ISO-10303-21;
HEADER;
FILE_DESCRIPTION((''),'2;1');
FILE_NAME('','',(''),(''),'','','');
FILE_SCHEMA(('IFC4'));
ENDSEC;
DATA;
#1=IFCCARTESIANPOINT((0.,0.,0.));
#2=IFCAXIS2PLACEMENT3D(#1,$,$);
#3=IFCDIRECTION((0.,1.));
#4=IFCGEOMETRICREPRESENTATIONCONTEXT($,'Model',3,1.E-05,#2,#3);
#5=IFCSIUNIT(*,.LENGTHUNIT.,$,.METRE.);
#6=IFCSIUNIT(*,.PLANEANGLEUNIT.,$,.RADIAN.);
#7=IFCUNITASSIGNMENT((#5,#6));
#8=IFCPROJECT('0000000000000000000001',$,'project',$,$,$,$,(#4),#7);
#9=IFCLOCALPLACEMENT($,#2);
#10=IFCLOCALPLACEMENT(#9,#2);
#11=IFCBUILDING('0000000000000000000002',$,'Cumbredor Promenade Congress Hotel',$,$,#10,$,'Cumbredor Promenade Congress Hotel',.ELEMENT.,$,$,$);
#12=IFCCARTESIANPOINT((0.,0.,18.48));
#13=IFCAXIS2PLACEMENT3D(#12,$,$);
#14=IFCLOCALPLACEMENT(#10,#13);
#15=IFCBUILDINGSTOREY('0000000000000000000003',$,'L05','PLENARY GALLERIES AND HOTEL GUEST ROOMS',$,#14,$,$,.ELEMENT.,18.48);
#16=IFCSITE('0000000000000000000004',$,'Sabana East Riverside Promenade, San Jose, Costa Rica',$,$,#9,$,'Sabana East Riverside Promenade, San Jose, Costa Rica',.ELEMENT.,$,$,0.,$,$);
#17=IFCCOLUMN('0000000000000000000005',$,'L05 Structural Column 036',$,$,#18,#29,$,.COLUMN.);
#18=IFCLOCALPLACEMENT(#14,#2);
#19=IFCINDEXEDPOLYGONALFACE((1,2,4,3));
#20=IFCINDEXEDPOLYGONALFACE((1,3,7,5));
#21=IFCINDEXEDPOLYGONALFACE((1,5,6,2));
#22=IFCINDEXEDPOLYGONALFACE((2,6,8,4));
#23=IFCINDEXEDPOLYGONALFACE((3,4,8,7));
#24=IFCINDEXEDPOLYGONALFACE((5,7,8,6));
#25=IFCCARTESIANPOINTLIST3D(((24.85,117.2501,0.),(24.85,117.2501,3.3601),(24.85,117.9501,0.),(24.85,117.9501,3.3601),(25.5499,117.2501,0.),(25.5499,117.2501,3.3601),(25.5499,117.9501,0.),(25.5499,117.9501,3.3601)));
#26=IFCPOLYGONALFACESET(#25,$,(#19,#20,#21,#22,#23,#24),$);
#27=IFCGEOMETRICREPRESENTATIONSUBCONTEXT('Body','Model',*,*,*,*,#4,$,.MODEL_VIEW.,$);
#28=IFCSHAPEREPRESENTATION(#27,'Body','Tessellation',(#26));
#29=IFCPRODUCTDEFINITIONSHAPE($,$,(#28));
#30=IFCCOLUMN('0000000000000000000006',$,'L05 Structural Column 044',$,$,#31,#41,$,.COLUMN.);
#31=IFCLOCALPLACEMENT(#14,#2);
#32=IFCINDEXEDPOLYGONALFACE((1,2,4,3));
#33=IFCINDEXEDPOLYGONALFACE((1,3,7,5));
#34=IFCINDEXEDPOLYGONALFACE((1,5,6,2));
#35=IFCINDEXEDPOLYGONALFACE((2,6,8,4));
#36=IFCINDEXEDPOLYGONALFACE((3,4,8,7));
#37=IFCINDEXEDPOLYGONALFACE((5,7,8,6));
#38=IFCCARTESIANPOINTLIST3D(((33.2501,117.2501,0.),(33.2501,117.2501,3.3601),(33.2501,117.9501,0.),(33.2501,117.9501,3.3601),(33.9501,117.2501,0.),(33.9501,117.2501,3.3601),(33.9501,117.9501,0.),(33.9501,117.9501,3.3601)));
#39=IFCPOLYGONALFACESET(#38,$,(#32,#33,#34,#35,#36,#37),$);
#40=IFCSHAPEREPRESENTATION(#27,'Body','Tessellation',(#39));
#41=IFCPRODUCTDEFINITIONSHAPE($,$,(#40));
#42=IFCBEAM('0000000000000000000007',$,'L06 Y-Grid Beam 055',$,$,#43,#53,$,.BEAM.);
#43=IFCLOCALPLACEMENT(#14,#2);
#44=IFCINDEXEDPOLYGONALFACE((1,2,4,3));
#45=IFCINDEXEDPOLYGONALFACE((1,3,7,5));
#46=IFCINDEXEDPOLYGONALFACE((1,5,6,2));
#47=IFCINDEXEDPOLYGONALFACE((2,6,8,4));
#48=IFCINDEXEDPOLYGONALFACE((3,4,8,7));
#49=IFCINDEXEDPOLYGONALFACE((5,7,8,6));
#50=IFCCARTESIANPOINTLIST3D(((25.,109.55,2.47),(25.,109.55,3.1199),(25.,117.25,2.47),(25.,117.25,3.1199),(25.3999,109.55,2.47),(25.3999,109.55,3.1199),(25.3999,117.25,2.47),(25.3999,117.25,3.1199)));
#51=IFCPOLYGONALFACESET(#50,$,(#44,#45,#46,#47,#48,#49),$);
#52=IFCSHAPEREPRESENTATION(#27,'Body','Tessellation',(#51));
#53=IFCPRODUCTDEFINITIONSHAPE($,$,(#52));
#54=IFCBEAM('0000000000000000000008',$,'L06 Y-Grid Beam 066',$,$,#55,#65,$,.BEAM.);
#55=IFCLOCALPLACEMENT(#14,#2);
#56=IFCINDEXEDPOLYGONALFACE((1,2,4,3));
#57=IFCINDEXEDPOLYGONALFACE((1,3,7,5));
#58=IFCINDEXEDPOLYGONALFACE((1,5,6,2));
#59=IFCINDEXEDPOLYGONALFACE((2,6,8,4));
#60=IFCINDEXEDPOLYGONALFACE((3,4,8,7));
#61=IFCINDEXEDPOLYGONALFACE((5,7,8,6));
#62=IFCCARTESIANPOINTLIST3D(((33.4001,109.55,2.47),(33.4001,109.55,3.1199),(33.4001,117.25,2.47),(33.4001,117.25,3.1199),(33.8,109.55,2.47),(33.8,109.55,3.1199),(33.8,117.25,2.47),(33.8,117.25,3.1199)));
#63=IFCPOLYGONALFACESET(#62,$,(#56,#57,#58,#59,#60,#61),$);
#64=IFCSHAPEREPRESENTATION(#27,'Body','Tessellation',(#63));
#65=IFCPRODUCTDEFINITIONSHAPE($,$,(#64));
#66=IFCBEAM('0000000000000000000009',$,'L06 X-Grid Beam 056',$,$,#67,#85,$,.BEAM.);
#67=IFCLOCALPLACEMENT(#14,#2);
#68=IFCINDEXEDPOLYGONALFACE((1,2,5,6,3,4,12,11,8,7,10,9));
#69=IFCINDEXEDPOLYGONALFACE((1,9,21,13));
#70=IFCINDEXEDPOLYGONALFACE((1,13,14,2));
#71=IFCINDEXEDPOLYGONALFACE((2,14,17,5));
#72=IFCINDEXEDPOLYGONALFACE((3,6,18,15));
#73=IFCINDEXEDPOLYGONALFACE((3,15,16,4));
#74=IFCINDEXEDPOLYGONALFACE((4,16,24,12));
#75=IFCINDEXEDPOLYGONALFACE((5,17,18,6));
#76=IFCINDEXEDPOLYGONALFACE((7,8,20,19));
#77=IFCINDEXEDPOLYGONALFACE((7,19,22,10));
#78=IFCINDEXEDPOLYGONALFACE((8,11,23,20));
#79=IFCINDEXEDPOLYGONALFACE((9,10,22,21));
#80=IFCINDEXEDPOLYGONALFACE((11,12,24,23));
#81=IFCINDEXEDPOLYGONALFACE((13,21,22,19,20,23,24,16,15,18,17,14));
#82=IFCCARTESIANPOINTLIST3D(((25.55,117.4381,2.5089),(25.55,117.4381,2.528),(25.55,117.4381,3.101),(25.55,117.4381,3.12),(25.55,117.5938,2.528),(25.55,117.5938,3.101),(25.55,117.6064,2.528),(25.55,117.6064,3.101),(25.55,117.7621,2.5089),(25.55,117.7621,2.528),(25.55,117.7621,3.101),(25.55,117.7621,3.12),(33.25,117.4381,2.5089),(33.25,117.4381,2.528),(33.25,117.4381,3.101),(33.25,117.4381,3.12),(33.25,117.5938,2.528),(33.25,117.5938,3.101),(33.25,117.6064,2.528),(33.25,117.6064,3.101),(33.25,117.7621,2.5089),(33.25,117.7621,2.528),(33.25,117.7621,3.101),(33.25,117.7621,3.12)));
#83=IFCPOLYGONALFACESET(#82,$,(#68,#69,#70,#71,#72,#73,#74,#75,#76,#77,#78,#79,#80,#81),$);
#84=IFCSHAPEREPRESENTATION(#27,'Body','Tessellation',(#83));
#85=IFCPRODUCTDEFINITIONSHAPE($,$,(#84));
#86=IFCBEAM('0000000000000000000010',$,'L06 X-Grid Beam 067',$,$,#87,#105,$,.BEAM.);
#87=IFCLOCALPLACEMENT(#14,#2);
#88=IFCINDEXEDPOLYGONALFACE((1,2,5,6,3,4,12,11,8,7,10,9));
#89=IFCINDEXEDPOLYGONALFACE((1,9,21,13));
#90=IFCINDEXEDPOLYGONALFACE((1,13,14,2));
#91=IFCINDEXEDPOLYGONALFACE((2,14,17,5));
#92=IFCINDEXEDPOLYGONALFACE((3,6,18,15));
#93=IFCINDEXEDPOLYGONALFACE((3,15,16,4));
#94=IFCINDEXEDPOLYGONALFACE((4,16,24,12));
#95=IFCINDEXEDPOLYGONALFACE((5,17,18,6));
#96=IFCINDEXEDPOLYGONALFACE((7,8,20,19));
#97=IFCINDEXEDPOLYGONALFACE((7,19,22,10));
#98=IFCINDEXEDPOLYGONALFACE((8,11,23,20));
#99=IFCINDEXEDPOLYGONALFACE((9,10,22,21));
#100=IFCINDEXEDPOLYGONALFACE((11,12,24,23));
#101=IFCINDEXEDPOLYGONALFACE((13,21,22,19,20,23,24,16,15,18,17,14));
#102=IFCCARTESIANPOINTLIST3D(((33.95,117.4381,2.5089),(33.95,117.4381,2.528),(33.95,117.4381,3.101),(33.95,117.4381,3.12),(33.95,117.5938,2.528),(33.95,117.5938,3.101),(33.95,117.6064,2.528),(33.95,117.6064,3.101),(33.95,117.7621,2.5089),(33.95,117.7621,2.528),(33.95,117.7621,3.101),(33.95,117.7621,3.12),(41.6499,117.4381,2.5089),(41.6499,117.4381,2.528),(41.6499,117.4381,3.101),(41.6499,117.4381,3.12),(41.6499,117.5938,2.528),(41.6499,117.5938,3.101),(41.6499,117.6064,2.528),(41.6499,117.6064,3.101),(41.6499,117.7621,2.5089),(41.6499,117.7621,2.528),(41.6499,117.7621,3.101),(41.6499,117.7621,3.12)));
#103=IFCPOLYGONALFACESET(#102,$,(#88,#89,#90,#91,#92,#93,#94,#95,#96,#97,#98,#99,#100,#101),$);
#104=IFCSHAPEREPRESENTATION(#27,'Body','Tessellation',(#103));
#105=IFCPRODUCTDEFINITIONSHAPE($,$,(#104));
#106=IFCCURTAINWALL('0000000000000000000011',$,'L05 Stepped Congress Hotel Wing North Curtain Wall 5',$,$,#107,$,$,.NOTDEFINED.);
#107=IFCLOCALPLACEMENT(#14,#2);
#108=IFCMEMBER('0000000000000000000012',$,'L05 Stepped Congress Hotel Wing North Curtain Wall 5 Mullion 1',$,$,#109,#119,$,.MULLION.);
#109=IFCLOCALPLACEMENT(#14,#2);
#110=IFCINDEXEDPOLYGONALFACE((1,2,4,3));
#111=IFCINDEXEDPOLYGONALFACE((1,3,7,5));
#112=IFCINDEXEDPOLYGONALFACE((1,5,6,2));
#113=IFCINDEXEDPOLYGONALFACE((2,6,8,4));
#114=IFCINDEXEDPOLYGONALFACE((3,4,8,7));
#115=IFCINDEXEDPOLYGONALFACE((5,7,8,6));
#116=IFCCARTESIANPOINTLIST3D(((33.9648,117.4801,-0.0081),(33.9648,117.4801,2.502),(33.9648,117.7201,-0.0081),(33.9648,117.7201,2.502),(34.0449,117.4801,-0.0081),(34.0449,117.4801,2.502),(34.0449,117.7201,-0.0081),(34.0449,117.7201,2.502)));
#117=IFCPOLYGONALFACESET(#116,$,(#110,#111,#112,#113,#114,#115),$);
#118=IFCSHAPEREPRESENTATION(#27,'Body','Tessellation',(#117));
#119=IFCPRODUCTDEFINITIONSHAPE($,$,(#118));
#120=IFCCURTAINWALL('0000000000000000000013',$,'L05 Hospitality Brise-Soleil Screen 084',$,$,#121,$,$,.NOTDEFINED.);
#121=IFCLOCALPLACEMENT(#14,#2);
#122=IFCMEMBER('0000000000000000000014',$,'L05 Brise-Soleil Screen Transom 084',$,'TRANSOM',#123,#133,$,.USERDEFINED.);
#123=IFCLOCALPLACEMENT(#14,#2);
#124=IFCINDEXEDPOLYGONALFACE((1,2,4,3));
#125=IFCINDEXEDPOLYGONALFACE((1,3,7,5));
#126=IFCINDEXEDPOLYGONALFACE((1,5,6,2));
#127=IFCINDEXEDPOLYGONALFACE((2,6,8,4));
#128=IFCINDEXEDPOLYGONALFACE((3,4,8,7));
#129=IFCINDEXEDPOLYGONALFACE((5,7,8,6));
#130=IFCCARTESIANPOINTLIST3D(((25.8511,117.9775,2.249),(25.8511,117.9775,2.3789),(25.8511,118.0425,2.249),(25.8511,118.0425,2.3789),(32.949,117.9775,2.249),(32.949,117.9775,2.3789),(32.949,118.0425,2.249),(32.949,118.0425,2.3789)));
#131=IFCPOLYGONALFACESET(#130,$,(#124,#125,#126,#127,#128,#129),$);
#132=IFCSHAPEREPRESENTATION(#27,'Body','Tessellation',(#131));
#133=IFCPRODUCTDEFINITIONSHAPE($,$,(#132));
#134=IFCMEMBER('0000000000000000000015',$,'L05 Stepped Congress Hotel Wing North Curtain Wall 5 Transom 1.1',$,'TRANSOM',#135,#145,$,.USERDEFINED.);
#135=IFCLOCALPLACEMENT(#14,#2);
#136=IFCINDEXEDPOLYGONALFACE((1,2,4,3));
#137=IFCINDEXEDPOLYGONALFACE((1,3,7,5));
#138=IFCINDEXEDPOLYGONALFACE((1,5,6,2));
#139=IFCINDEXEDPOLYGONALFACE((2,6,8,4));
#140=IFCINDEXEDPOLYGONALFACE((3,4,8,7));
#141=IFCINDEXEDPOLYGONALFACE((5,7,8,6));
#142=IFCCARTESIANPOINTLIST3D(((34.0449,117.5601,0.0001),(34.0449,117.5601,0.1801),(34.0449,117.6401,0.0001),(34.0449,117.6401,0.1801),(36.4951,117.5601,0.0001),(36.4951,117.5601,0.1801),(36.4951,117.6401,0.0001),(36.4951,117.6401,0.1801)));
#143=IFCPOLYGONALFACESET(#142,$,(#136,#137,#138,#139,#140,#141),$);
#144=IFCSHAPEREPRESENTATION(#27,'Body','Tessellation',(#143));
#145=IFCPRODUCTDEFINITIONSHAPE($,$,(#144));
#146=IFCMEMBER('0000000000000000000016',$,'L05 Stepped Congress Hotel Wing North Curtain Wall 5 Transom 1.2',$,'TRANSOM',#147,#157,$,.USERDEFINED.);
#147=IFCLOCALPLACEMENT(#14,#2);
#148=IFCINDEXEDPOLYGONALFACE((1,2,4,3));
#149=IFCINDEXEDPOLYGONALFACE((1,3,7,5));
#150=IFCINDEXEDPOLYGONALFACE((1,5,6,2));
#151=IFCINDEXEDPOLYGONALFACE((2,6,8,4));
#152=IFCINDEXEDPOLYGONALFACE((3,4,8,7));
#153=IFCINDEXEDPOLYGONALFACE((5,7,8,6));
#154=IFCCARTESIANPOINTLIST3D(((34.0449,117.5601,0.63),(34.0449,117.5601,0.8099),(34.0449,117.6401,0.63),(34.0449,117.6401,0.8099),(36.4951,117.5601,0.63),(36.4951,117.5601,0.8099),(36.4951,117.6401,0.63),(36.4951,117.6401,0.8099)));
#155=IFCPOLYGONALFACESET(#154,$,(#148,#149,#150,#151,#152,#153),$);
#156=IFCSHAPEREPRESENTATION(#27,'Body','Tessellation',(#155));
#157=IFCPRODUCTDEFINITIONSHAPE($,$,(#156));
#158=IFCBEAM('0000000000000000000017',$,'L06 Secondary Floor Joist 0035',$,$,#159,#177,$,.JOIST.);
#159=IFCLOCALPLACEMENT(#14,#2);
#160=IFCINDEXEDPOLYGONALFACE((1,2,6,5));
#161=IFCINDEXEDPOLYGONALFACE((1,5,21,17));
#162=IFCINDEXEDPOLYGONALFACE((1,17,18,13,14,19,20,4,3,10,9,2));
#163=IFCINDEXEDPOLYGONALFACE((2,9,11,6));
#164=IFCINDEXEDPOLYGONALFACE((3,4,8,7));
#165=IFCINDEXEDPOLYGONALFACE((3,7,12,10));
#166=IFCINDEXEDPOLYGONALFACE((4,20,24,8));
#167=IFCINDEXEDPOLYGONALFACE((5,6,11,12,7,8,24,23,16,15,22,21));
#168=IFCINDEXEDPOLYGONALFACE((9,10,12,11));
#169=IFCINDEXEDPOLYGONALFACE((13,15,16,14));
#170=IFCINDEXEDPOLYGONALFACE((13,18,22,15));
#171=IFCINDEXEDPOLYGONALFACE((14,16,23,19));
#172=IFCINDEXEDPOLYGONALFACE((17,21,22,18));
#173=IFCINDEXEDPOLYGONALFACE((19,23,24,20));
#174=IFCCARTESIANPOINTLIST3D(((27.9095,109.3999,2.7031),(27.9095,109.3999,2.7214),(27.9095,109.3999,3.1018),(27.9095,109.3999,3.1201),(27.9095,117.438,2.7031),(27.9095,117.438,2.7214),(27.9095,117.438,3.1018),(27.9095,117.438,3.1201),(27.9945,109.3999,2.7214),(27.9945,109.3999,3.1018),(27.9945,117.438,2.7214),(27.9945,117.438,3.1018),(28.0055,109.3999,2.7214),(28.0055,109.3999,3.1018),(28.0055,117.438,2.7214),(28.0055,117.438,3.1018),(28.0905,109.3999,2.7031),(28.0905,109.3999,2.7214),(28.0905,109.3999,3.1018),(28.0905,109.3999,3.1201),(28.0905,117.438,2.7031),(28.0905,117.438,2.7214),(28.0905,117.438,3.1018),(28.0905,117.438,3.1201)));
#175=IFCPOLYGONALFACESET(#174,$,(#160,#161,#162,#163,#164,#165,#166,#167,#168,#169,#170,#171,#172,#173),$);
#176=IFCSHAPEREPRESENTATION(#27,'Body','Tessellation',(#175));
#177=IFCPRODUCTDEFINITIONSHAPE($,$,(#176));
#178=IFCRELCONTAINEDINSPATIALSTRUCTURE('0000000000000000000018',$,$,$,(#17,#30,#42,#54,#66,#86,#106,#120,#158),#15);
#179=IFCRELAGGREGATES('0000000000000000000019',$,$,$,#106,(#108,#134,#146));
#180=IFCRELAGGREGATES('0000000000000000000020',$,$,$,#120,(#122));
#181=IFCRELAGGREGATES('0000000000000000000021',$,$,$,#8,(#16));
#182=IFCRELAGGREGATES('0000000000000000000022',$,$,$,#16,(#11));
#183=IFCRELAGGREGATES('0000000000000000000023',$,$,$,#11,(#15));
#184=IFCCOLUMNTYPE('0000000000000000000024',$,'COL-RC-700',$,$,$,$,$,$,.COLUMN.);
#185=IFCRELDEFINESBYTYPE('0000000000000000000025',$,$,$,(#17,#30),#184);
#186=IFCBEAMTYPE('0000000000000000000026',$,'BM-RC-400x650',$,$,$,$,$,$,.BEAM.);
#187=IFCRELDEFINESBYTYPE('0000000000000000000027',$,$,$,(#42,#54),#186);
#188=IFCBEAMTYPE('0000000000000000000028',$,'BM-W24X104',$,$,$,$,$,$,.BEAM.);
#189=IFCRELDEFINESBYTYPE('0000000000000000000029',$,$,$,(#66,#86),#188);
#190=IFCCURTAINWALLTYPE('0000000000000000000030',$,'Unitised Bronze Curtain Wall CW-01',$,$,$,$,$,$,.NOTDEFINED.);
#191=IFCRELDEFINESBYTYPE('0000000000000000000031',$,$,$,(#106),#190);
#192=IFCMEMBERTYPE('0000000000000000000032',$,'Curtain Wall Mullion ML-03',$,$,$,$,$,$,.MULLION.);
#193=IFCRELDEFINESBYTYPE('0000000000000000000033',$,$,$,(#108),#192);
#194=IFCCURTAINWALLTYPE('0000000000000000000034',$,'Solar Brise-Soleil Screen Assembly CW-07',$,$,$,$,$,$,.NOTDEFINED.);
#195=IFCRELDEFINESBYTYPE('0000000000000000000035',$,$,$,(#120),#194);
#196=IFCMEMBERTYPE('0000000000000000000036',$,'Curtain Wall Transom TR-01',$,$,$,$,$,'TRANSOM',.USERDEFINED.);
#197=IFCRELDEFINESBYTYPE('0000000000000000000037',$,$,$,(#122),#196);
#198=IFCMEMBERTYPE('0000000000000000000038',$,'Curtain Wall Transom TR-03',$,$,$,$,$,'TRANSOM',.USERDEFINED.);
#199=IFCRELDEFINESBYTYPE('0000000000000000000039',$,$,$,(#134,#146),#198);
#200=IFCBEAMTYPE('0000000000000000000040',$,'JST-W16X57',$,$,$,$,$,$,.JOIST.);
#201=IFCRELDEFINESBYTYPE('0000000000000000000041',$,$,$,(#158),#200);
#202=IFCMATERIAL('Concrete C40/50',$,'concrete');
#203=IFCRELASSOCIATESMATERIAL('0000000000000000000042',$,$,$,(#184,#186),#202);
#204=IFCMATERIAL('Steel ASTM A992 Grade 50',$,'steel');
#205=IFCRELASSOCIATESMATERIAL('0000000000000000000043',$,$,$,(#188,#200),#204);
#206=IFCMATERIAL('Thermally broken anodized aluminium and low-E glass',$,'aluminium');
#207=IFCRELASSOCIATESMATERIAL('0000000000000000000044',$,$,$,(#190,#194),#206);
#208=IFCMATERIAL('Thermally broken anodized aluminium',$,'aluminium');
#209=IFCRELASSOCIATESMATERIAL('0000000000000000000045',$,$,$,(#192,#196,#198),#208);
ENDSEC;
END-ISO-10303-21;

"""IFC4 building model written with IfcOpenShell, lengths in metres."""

from ifc_helpers import new_model, si_unit, direction, frame, origin, origin_2d, place, context, subcontext, project, spatial, rectangle, i_section, extrude, material, material_profile, profile_set, type_object, element, aggregate, save


model = new_model("IFC4")

# Units and contexts
model_context = context("Model", 3, precision=1e-05, world=origin(), true_north=direction((0.0, 1.0)))
body_context = subcontext(model_context, "Body", "Model", "MODEL_VIEW")
ifc_project = project(units=[si_unit("LENGTHUNIT", "METRE"), si_unit("PLANEANGLEUNIT", "RADIAN")], contexts=[model_context])

# Site, building, storey
site_placement = place(None, origin())
site = spatial("IfcSite", under=ifc_project, at=site_placement, Name="Sabana East Riverside Promenade, San Jose, Costa Rica", LongName="Sabana East Riverside Promenade, San Jose, Costa Rica", CompositionType="ELEMENT", RefElevation=0.0)
building_placement = place(site_placement, origin())
building = spatial("IfcBuilding", under=site, at=building_placement, Name="Cumbredor Promenade Congress Hotel", LongName="Cumbredor Promenade Congress Hotel", CompositionType="ELEMENT")
storey_placement = place(building_placement, frame((0.0, 0.0, 18.48)))
storey = spatial("IfcBuildingStorey", under=building, at=storey_placement, Name="L05", Description="PLENARY GALLERIES AND HOTEL GUEST ROOMS", CompositionType="ELEMENT", Elevation=18.48)

# Columns
ifc_material_1 = material(Name="Concrete C40/50", Category="concrete")
ifc_material_profile_1 = material_profile(ifc_material_1, rectangle(XDim=0.7, YDim=0.7, at=origin_2d()), Name="RC 700x700")
ifc_profile_set_1 = profile_set([ifc_material_profile_1], Name="Concrete C40/50")
column_type = type_object("IfcColumnType", Name="COL-RC-700", PredefinedType="COLUMN", material=ifc_profile_set_1)
for number, where, z_axis, x_axis, name in (
    (1, (25.2, 117.6001, 0.0), (0.0, 0.0, 1.0), (1.0, 0.0, 0.0), "L05 Structural Column 036"),
    (2, (33.6001, 117.6001, 0.0), (0.0, 0.0, 1.0), (1.0, 0.0, 0.0), "L05 Structural Column 044"),
):
    element("IfcColumn", number, at=place(storey_placement, frame(where, z_axis=z_axis, x_axis=x_axis)), inside=storey, type_object=column_type, Name=name, PredefinedType="COLUMN", context=body_context, shape_type="SweptSolid", body=[
        extrude(rectangle(XDim=0.7, YDim=0.7, at=origin_2d()), origin(), (0.0, 0.0, 1.0), 3.3601),
    ])

# Beams
ifc_material_profile_2 = material_profile(ifc_material_1, rectangle(XDim=0.3999, YDim=0.6499, at=origin_2d()), Name="RC BEAM 400x650")
ifc_profile_set_2 = profile_set([ifc_material_profile_2], Name="Concrete C40/50")
beam_type_1 = type_object("IfcBeamType", Name="BM-RC-400x650", PredefinedType="BEAM", material=ifc_profile_set_2)
for number, where, z_axis, x_axis, name in (
    (3, (25.2, 109.55, 2.7949), (0.0, 1.0, 0.0), (-1.0, 0.0, 0.0), "L06 Y-Grid Beam 055"),
    (4, (33.6001, 109.55, 2.7949), (0.0, 1.0, 0.0), (-1.0, 0.0, 0.0), "L06 Y-Grid Beam 066"),
):
    element("IfcBeam", number, at=place(storey_placement, frame(where, z_axis=z_axis, x_axis=x_axis)), inside=storey, type_object=beam_type_1, Name=name, PredefinedType="BEAM", context=body_context, shape_type="SweptSolid", body=[
        extrude(rectangle(XDim=0.3999, YDim=0.6499, at=origin_2d()), origin(), (0.0, 0.0, 1.0), 7.7),
    ])
ifc_material_2 = material(Name="Steel ASTM A992 Grade 50", Category="steel")
ifc_material_profile_3 = material_profile(ifc_material_2, i_section(OverallWidth=0.324, OverallDepth=0.6111, WebThickness=0.0127, FlangeThickness=0.019, at=origin_2d()), Name="W24X104")
ifc_profile_set_3 = profile_set([ifc_material_profile_3], Name="Steel ASTM A992 Grade 50")
beam_type_2 = type_object("IfcBeamType", Name="BM-W24X104", PredefinedType="BEAM", material=ifc_profile_set_3)
for number, where, z_axis, x_axis, name in (
    (5, (25.55, 117.6001, 2.8145), (1.0, 0.0, 0.0), (0.0, 1.0, 0.0), "L06 X-Grid Beam 056"),
    (6, (33.95, 117.6001, 2.8145), (1.0, 0.0, 0.0), (0.0, 1.0, 0.0), "L06 X-Grid Beam 067"),
):
    element("IfcBeam", number, at=place(storey_placement, frame(where, z_axis=z_axis, x_axis=x_axis)), inside=storey, type_object=beam_type_2, Name=name, PredefinedType="BEAM", context=body_context, shape_type="SweptSolid", body=[
        extrude(i_section(OverallWidth=0.324, OverallDepth=0.6111, WebThickness=0.0127, FlangeThickness=0.019, at=origin_2d()), origin(), (0.0, 0.0, 1.0), 7.7),
    ])

# Curtain walls, members
ifc_material_3 = material(Name="Thermally broken anodized aluminium and low-E glass", Category="aluminium")
curtain_wall_type_1 = type_object("IfcCurtainWallType", Name="Unitised Bronze Curtain Wall CW-01", PredefinedType="NOTDEFINED", material=ifc_material_3)
curtain_wall_1_placement = place(storey_placement, origin())
curtain_wall_1 = element("IfcCurtainWall", 7, at=curtain_wall_1_placement, inside=storey, type_object=curtain_wall_type_1, Name="L05 Stepped Congress Hotel Wing North Curtain Wall 5", PredefinedType="NOTDEFINED")
ifc_material_4 = material(Name="Thermally broken anodized aluminium", Category="aluminium")
ifc_material_profile_4 = material_profile(ifc_material_4, rectangle(XDim=0.0801, YDim=0.24, at=origin_2d()), Name="ALU MULLION 80x240")
ifc_profile_set_4 = profile_set([ifc_material_profile_4], Name="Thermally broken anodized aluminium")
member_type_1 = type_object("IfcMemberType", Name="Curtain Wall Mullion ML-03", PredefinedType="MULLION", material=ifc_profile_set_4)
member_1_placement = place(storey_placement, frame((34.0049, 117.6001, -0.0081), z_axis=(0.0, 0.0, 1.0), x_axis=(1.0, 0.0, 0.0)))
member_1 = element("IfcMember", 8, at=member_1_placement, type_object=member_type_1, Name="L05 Stepped Congress Hotel Wing North Curtain Wall 5 Mullion 1", PredefinedType="MULLION", context=body_context, shape_type="SweptSolid", body=[
    extrude(rectangle(XDim=0.0801, YDim=0.24, at=origin_2d()), origin(), (0.0, 0.0, 1.0), 2.51),
])
curtain_wall_type_2 = type_object("IfcCurtainWallType", Name="Solar Brise-Soleil Screen Assembly CW-07", PredefinedType="NOTDEFINED", material=ifc_material_3)
curtain_wall_2_placement = place(storey_placement, origin())
curtain_wall_2 = element("IfcCurtainWall", 9, at=curtain_wall_2_placement, inside=storey, type_object=curtain_wall_type_2, Name="L05 Hospitality Brise-Soleil Screen 084", PredefinedType="NOTDEFINED")
ifc_material_profile_5 = material_profile(ifc_material_4, rectangle(XDim=0.0649, YDim=0.1299, at=origin_2d()), Name="ALU TRANSOM 65x130")
ifc_profile_set_5 = profile_set([ifc_material_profile_5], Name="Thermally broken anodized aluminium")
member_type_2 = type_object("IfcMemberType", Name="Curtain Wall Transom TR-01", ElementType="TRANSOM", PredefinedType="USERDEFINED", material=ifc_profile_set_5)
member_2_placement = place(storey_placement, frame((25.8511, 118.01, 2.314), z_axis=(1.0, 0.0, 0.0), x_axis=(0.0, 1.0, 0.0)))
member_2 = element("IfcMember", 10, at=member_2_placement, type_object=member_type_2, Name="L05 Brise-Soleil Screen Transom 084", ObjectType="TRANSOM", PredefinedType="USERDEFINED", context=body_context, shape_type="SweptSolid", body=[
    extrude(rectangle(XDim=0.0649, YDim=0.1299, at=origin_2d()), origin(), (0.0, 0.0, 1.0), 7.0979),
])

# Members
ifc_material_profile_6 = material_profile(ifc_material_4, rectangle(XDim=0.0801, YDim=0.1799, at=origin_2d()), Name="ALU TRANSOM 80x180")
ifc_profile_set_6 = profile_set([ifc_material_profile_6], Name="Thermally broken anodized aluminium")
member_type_3 = type_object("IfcMemberType", Name="Curtain Wall Transom TR-03", ElementType="TRANSOM", PredefinedType="USERDEFINED", material=ifc_profile_set_6)
member_3_placement = place(storey_placement, frame((34.0449, 117.6001, 0.0901), z_axis=(1.0, 0.0, 0.0), x_axis=(0.0, 1.0, 0.0)))
member_3 = element("IfcMember", 11, at=member_3_placement, type_object=member_type_3, Name="L05 Stepped Congress Hotel Wing North Curtain Wall 5 Transom 1.1", ObjectType="TRANSOM", PredefinedType="USERDEFINED", context=body_context, shape_type="SweptSolid", body=[
    extrude(rectangle(XDim=0.0801, YDim=0.1799, at=origin_2d()), origin(), (0.0, 0.0, 1.0), 2.4502),
])
member_4_placement = place(storey_placement, frame((34.0449, 117.6001, 0.72), z_axis=(1.0, 0.0, 0.0), x_axis=(0.0, 1.0, 0.0)))
member_4 = element("IfcMember", 12, at=member_4_placement, type_object=member_type_3, Name="L05 Stepped Congress Hotel Wing North Curtain Wall 5 Transom 1.2", ObjectType="TRANSOM", PredefinedType="USERDEFINED", context=body_context, shape_type="SweptSolid", body=[
    extrude(rectangle(XDim=0.0801, YDim=0.1799, at=origin_2d()), origin(), (0.0, 0.0, 1.0), 2.4502),
])
aggregate(curtain_wall_1, [member_1, member_3, member_4])

# Beam
ifc_material_profile_7 = material_profile(ifc_material_2, i_section(OverallWidth=0.1809, OverallDepth=0.417, WebThickness=0.011, FlangeThickness=0.0183, at=origin_2d()), Name="W16X57")
ifc_profile_set_7 = profile_set([ifc_material_profile_7], Name="Steel ASTM A992 Grade 50")
beam_type_3 = type_object("IfcBeamType", Name="JST-W16X57", PredefinedType="JOIST", material=ifc_profile_set_7)
for number, where, z_axis, x_axis, name in (
    (13, (28.0, 109.3999, 2.9116), (0.0, 1.0, 0.0), (-1.0, 0.0, 0.0), "L06 Secondary Floor Joist 0035"),
):
    element("IfcBeam", number, at=place(storey_placement, frame(where, z_axis=z_axis, x_axis=x_axis)), inside=storey, type_object=beam_type_3, Name=name, PredefinedType="JOIST", context=body_context, shape_type="SweptSolid", body=[
        extrude(i_section(OverallWidth=0.1809, OverallDepth=0.417, WebThickness=0.011, FlangeThickness=0.0183, at=origin_2d()), origin(), (0.0, 0.0, 1.0), 8.0381),
    ])

aggregate(curtain_wall_2, [member_2])

save(model, "model.ifc")
